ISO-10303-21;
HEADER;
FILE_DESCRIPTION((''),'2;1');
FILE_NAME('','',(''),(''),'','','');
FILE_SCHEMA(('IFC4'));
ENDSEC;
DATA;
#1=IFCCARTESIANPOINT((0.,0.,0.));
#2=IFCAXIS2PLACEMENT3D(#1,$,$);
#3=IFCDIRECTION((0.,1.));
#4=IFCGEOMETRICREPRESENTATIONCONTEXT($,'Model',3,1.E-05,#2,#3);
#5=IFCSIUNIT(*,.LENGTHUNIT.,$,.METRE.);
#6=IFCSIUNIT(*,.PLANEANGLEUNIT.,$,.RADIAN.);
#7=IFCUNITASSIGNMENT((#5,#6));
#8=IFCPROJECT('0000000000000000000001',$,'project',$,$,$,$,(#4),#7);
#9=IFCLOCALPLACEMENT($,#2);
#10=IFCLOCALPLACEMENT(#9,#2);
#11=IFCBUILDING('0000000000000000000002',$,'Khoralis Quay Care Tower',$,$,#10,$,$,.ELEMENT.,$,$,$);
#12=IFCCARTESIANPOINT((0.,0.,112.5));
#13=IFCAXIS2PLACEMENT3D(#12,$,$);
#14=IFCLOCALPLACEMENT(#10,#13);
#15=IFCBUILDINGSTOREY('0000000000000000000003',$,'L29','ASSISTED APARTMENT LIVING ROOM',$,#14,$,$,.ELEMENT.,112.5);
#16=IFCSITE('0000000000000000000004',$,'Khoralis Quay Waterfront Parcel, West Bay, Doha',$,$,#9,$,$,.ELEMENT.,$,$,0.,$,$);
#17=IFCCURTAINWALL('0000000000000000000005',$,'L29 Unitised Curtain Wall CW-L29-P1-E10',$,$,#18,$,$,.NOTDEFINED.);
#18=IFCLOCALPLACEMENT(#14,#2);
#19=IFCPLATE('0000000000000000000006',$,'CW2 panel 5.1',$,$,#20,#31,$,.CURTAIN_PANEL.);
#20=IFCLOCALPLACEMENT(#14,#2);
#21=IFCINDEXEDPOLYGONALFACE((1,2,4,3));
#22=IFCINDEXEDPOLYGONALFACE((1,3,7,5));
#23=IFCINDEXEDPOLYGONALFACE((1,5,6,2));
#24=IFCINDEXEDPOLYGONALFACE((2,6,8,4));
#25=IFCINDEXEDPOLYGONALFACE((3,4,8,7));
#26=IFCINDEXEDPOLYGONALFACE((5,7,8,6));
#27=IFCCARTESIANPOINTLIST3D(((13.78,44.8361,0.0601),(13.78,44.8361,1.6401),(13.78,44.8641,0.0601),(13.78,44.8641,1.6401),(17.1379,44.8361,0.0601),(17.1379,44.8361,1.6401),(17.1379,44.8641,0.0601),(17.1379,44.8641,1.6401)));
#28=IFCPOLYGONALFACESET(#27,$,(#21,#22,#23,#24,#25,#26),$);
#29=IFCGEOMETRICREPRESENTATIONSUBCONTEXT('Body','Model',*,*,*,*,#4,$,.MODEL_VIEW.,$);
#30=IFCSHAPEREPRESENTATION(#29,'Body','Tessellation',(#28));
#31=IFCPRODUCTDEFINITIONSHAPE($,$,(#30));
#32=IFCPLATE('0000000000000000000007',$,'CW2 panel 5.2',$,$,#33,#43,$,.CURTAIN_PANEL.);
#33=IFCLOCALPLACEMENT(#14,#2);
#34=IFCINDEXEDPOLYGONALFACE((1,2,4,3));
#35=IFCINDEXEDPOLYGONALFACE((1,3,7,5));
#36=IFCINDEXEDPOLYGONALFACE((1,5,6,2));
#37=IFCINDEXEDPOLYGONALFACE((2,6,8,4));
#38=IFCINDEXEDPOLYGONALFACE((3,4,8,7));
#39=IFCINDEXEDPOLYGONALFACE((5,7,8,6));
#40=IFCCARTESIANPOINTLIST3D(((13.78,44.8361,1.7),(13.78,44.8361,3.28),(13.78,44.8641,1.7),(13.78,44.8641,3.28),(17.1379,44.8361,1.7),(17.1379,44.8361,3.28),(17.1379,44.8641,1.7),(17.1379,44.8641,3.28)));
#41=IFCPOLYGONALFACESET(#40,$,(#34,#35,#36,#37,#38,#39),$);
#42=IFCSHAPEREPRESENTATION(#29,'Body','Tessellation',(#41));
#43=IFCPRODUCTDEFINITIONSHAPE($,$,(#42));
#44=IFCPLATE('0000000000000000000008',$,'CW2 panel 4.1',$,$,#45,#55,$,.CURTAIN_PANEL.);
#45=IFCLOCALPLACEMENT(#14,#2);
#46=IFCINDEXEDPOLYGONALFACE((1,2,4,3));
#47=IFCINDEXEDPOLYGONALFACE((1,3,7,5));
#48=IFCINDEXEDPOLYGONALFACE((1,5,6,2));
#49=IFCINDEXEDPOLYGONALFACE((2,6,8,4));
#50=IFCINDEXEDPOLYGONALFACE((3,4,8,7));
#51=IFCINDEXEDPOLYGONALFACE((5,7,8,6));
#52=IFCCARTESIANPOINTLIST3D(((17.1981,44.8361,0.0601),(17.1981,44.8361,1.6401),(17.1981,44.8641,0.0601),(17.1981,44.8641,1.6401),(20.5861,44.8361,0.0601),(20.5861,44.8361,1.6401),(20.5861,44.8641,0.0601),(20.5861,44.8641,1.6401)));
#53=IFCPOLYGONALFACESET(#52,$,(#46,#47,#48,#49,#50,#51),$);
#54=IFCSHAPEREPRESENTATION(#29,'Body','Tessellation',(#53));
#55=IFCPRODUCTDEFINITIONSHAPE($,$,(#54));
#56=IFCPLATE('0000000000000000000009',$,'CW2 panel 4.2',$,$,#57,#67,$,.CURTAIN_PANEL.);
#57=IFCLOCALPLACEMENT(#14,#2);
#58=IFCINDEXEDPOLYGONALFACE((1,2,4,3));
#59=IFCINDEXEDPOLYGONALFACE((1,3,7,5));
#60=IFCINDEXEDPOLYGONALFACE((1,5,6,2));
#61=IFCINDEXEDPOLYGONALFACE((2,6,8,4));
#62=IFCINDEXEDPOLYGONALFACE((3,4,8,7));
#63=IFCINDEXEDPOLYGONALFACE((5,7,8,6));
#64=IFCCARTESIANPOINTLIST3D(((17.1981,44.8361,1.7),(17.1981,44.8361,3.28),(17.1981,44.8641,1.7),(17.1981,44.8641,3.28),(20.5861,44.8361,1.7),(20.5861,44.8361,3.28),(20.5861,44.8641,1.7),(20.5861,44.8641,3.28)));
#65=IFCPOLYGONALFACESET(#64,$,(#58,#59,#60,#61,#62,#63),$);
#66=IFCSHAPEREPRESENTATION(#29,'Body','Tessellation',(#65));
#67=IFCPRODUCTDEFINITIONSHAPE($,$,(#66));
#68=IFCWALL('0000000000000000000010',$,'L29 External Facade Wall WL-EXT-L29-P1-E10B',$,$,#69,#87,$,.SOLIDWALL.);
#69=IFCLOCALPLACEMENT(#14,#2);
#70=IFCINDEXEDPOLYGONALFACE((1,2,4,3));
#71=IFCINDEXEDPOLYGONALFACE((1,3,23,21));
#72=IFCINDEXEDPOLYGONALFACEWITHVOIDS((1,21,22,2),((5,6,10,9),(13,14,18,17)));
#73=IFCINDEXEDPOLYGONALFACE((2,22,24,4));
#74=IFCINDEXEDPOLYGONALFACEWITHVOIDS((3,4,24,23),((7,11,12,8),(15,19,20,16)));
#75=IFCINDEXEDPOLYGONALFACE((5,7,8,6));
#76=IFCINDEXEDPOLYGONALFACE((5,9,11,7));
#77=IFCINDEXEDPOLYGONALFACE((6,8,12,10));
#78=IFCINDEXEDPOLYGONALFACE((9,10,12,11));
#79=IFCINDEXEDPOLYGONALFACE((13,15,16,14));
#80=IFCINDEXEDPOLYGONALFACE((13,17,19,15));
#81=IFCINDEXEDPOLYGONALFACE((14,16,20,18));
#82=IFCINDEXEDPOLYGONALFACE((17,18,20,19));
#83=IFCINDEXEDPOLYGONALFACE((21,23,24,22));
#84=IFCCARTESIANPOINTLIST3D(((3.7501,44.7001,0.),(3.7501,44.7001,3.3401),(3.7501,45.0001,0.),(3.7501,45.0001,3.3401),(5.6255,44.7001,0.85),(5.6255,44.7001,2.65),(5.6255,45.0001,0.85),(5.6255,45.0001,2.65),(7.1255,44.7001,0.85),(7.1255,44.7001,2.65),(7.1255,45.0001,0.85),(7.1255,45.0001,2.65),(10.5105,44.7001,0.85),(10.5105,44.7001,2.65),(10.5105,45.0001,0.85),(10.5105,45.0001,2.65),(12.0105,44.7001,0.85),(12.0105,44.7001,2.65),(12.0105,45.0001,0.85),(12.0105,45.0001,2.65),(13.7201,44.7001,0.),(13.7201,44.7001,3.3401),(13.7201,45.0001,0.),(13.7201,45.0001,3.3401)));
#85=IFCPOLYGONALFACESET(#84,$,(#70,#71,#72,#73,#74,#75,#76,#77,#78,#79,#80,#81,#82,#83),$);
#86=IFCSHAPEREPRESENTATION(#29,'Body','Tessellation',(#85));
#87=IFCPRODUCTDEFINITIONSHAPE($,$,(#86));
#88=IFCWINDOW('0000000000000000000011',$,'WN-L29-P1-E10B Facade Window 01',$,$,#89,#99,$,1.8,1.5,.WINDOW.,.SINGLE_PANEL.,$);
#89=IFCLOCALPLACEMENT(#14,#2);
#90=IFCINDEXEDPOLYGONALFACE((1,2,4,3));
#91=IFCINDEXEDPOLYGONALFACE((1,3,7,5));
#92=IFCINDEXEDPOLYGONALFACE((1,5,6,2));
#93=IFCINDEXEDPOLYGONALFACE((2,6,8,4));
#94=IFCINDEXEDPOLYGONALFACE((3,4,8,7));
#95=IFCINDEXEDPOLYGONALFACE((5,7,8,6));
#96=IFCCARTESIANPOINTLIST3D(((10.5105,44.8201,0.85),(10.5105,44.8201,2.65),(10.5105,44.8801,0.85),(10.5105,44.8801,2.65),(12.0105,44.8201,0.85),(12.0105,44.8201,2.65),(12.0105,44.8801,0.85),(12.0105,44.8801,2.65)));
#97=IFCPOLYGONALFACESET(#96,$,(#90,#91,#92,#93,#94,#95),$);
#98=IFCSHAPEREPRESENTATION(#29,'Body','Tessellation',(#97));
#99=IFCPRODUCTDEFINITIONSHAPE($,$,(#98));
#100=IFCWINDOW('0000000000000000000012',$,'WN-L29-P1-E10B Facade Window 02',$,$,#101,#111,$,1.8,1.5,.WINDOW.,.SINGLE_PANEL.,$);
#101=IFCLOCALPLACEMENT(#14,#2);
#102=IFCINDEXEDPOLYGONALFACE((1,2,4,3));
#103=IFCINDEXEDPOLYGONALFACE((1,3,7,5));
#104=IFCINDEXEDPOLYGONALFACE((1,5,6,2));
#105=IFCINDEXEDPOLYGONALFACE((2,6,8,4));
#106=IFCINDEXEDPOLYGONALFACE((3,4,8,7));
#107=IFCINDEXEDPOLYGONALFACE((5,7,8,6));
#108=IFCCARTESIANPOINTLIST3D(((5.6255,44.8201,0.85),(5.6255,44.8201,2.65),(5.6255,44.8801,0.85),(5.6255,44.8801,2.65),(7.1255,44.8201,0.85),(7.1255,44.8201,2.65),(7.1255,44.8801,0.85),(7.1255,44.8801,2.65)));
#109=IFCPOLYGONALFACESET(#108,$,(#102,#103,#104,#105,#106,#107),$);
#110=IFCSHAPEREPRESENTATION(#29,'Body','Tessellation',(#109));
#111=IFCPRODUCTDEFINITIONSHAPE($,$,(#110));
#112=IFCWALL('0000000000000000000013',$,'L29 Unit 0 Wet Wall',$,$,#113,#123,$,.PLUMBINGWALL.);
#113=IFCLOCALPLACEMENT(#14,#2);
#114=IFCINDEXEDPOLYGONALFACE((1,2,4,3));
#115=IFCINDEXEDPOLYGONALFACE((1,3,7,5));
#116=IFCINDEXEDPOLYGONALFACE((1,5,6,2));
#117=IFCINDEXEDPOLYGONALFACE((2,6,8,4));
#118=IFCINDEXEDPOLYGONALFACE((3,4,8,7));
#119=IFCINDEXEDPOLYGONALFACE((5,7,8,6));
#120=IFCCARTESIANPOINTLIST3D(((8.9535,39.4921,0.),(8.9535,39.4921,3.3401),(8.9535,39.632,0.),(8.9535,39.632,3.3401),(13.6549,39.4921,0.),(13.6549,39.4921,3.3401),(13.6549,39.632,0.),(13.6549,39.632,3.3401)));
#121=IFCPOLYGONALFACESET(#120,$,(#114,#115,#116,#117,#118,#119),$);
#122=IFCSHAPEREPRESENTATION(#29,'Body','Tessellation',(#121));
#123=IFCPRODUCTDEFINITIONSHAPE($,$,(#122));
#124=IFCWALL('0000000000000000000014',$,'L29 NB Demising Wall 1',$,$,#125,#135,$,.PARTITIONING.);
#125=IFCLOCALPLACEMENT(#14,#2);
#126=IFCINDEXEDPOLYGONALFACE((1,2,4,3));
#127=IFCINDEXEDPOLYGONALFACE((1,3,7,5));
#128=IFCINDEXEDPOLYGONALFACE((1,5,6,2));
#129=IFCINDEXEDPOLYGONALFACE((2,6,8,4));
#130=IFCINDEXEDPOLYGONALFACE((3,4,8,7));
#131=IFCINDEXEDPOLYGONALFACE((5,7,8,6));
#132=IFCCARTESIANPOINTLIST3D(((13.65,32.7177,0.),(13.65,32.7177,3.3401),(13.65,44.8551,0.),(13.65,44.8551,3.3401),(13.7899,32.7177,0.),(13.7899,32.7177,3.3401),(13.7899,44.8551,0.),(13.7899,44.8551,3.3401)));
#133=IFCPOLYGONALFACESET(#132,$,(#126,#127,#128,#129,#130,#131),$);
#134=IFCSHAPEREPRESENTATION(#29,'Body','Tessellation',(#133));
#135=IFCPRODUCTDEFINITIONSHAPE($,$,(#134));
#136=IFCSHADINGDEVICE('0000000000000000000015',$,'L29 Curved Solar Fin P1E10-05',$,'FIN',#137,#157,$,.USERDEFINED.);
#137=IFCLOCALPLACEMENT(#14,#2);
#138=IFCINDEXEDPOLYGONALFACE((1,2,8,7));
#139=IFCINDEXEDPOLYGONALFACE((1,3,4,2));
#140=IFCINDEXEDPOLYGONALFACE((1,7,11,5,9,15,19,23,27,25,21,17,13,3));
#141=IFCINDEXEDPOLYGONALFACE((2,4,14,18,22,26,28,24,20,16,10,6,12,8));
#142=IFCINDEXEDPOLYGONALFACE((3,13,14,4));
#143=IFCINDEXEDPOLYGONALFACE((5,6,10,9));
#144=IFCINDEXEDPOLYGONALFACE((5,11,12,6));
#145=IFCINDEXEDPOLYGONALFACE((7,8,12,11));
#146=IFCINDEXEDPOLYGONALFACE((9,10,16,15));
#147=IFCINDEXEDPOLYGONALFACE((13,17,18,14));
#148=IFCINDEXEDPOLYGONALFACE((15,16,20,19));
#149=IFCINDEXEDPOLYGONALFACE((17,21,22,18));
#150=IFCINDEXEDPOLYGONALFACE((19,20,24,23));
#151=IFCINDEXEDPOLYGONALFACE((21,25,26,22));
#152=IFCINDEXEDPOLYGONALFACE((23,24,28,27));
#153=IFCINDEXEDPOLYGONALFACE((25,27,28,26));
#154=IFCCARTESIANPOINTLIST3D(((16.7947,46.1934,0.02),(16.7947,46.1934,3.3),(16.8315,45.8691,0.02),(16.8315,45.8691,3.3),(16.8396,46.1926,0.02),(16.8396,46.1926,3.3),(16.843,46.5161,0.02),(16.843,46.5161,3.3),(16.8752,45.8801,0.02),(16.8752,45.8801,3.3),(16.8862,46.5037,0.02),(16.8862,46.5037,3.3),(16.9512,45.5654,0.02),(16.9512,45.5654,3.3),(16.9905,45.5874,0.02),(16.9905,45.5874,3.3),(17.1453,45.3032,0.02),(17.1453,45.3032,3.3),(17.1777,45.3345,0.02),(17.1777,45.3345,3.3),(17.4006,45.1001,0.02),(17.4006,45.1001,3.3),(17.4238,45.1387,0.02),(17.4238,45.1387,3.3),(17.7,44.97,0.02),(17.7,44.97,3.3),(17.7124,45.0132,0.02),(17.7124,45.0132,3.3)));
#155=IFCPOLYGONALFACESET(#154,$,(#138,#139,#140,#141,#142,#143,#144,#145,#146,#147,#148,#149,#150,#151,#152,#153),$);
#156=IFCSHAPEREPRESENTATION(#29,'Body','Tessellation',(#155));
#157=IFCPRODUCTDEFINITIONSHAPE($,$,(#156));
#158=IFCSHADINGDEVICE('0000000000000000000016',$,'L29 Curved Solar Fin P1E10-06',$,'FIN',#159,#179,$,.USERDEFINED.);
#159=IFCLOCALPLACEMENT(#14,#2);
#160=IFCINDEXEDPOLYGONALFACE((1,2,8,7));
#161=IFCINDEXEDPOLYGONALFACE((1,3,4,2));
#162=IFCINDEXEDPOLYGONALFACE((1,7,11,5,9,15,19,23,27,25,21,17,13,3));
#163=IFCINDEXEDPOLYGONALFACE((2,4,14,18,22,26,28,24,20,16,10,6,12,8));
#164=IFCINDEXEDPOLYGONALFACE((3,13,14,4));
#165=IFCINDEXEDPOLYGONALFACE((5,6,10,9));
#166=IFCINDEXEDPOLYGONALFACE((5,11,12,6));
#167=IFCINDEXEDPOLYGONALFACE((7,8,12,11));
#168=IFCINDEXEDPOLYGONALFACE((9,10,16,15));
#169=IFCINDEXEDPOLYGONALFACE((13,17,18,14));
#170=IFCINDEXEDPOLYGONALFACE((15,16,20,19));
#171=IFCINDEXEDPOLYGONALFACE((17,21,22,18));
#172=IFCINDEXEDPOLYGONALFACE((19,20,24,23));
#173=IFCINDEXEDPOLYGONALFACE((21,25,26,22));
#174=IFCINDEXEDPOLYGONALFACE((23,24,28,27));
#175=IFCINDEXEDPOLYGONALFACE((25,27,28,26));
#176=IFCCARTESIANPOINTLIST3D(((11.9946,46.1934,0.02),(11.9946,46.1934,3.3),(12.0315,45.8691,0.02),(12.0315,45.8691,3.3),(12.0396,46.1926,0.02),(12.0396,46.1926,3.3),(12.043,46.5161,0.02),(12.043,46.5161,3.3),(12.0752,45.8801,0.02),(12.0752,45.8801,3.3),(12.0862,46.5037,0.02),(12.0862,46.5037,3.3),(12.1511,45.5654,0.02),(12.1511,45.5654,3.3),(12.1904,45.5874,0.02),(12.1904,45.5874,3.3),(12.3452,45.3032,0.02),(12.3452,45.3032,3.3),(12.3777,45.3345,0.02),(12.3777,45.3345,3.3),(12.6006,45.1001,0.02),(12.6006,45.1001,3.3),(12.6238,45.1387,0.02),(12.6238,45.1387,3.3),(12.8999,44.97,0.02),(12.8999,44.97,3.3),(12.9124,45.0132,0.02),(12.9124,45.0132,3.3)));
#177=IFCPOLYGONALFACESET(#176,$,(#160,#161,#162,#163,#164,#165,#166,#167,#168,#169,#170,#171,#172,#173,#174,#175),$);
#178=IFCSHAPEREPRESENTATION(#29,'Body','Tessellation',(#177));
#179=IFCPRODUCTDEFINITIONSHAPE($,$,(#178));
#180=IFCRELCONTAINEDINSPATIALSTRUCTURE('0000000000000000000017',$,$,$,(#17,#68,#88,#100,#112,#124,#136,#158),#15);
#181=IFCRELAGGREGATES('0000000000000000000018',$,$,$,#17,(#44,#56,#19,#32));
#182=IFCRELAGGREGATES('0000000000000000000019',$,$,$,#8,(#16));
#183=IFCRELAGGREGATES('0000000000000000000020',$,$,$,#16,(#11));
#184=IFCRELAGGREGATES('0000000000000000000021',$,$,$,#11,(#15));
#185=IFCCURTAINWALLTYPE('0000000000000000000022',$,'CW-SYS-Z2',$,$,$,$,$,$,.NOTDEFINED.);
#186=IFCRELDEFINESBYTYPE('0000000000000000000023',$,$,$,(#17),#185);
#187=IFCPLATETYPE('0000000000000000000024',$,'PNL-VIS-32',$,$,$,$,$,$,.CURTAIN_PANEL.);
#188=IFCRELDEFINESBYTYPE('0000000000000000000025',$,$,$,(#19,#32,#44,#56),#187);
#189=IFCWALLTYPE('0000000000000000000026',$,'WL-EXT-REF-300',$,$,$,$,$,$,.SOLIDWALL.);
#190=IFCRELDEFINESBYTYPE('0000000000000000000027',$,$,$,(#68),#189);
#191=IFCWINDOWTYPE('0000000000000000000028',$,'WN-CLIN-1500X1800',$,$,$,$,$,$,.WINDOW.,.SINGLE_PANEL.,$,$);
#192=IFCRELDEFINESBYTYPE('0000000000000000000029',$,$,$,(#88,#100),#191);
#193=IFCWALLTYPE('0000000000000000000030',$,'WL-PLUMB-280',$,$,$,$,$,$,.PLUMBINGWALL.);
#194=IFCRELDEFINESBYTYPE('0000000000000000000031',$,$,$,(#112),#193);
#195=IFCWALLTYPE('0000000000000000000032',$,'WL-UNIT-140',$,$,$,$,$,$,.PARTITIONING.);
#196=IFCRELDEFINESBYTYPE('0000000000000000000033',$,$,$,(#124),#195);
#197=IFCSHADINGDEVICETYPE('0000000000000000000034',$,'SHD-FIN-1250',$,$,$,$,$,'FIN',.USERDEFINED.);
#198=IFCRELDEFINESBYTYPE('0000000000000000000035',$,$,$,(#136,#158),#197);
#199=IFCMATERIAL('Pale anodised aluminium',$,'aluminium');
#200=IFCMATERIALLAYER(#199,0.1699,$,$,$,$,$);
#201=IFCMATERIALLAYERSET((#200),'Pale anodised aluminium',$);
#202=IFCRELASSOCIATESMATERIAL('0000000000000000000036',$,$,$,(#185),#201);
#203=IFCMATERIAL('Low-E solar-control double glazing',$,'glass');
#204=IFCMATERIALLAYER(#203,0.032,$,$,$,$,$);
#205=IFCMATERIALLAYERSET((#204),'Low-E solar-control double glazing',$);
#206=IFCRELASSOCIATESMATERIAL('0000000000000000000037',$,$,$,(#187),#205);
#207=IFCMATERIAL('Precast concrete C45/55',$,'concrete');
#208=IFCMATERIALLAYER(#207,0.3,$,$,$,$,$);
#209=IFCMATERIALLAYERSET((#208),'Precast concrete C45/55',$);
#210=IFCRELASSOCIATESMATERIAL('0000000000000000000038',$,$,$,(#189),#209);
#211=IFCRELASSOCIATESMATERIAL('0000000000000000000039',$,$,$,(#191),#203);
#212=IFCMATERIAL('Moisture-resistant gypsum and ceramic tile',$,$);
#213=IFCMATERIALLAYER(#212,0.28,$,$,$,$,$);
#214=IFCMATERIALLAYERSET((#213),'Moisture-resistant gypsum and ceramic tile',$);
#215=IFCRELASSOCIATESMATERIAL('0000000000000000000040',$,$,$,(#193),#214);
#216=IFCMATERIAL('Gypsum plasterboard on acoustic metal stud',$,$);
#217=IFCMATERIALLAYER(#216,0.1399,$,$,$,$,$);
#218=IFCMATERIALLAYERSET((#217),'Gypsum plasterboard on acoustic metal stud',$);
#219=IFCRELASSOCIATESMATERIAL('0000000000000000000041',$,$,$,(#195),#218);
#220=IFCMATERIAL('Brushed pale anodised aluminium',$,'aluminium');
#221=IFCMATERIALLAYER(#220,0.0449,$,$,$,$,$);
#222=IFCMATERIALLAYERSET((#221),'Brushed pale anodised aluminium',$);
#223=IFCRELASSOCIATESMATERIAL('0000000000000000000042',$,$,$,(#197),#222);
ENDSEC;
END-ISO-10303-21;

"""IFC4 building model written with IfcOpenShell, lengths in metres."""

from ifc_helpers import new_model, si_unit, direction, frame, frame_2d, origin, origin_2d, place, context, subcontext, project, spatial, polyline, rectangle, outline, extrude, source, transform, mapped, material, layer, layer_set, type_object, element, fill, aggregate, save


model = new_model("IFC4")

# Units and contexts
model_context = context("Model", 3, precision=1e-05, world=origin(), true_north=direction((0.0, 1.0)))
body_context = subcontext(model_context, "Body", "Model", "MODEL_VIEW")
ifc_project = project(units=[si_unit("LENGTHUNIT", "METRE"), si_unit("PLANEANGLEUNIT", "RADIAN")], contexts=[model_context])

# Site, building, storey
site_placement = place(None, origin())
site = spatial("IfcSite", under=ifc_project, at=site_placement, Name="Khoralis Quay Waterfront Parcel, West Bay, Doha", CompositionType="ELEMENT", RefElevation=0.0)
building_placement = place(site_placement, origin())
building = spatial("IfcBuilding", under=site, at=building_placement, Name="Khoralis Quay Care Tower", CompositionType="ELEMENT")
storey_placement = place(building_placement, frame((0.0, 0.0, 112.5)))
storey = spatial("IfcBuildingStorey", under=building, at=storey_placement, Name="L29", Description="ASSISTED APARTMENT LIVING ROOM", CompositionType="ELEMENT", Elevation=112.5)

# Curtain wall, plates
ifc_material_1 = material(Name="Pale anodised aluminium", Category="aluminium")
ifc_layer_1 = layer(ifc_material_1, 0.1699)
ifc_layer_set_1 = layer_set([ifc_layer_1], Name="Pale anodised aluminium")
curtain_wall_type = type_object("IfcCurtainWallType", Name="CW-SYS-Z2", PredefinedType="NOTDEFINED", material=ifc_layer_set_1)
curtain_wall_placement = place(storey_placement, origin())
curtain_wall = element("IfcCurtainWall", 1, at=curtain_wall_placement, inside=storey, type_object=curtain_wall_type, Name="L29 Unitised Curtain Wall CW-L29-P1-E10", PredefinedType="NOTDEFINED")
ifc_material_2 = material(Name="Low-E solar-control double glazing", Category="glass")
ifc_layer_2 = layer(ifc_material_2, 0.032)
ifc_layer_set_2 = layer_set([ifc_layer_2], Name="Low-E solar-control double glazing")
plate_type = type_object("IfcPlateType", Name="PNL-VIS-32", PredefinedType="CURTAIN_PANEL", material=ifc_layer_set_2)
shared_shape_1 = source(origin(), body_context, "Body", "SweptSolid", [
    extrude(rectangle(XDim=3.3579, YDim=0.0281, at=origin_2d()), origin(), (0.0, 0.0, 1.0), 1.5801),
])
plate_1_placement = place(storey_placement, frame((15.459, 44.8501, 0.0601), z_axis=(0.0, 0.0, 1.0), x_axis=(-1.0, 0.0, 0.0)))
plate_1 = element("IfcPlate", 2, at=plate_1_placement, type_object=plate_type, Name="CW2 panel 5.1", PredefinedType="CURTAIN_PANEL", context=body_context, shape_type="MappedRepresentation", body=[
    mapped(shared_shape_1, transform((0.0, 0.0, 0.0), scale=1.0)),
])
plate_2_placement = place(storey_placement, frame((15.459, 44.8501, 1.7), z_axis=(0.0, 0.0, 1.0), x_axis=(-1.0, 0.0, 0.0)))
plate_2 = element("IfcPlate", 3, at=plate_2_placement, type_object=plate_type, Name="CW2 panel 5.2", PredefinedType="CURTAIN_PANEL", context=body_context, shape_type="MappedRepresentation", body=[
    mapped(shared_shape_1, transform((0.0, 0.0, 0.0), scale=1.0)),
])
shared_shape_2 = source(origin(), body_context, "Body", "SweptSolid", [
    extrude(rectangle(XDim=3.3879, YDim=0.0281, at=origin_2d()), origin(), (0.0, 0.0, 1.0), 1.5801),
])
plate_3_placement = place(storey_placement, frame((18.8921, 44.8501, 0.0601), z_axis=(0.0, 0.0, 1.0), x_axis=(-1.0, 0.0, 0.0)))
plate_3 = element("IfcPlate", 4, at=plate_3_placement, type_object=plate_type, Name="CW2 panel 4.1", PredefinedType="CURTAIN_PANEL", context=body_context, shape_type="MappedRepresentation", body=[
    mapped(shared_shape_2, transform((0.0, 0.0, 0.0), scale=1.0)),
])
plate_4_placement = place(storey_placement, frame((18.8921, 44.8501, 1.7), z_axis=(0.0, 0.0, 1.0), x_axis=(-1.0, 0.0, 0.0)))
plate_4 = element("IfcPlate", 5, at=plate_4_placement, type_object=plate_type, Name="CW2 panel 4.2", PredefinedType="CURTAIN_PANEL", context=body_context, shape_type="MappedRepresentation", body=[
    mapped(shared_shape_2, transform((0.0, 0.0, 0.0), scale=1.0)),
])
aggregate(curtain_wall, [plate_3, plate_4, plate_1, plate_2])

# Wall, openings, windows
ifc_material_3 = material(Name="Precast concrete C45/55", Category="concrete")
ifc_layer_3 = layer(ifc_material_3, 0.3)
ifc_layer_set_3 = layer_set([ifc_layer_3], Name="Precast concrete C45/55")
wall_type_1 = type_object("IfcWallType", Name="WL-EXT-REF-300", PredefinedType="SOLIDWALL", material=ifc_layer_set_3)
wall_1_placement = place(storey_placement, frame((13.72, 44.8501, 0.0), z_axis=(0.0, 0.0, 1.0), x_axis=(-1.0, 0.0, 0.0)))
wall_1 = element("IfcWall", 6, at=wall_1_placement, inside=storey, type_object=wall_type_1, Name="L29 External Facade Wall WL-EXT-L29-P1-E10B", PredefinedType="SOLIDWALL", context=body_context, shape_type="SweptSolid", body=[
    extrude(rectangle(XDim=9.97, YDim=0.3, at=frame_2d((4.9849, 0.0))), origin(), (0.0, 0.0, 1.0), 3.3401),
])
opening_1_placement = place(wall_1_placement, frame((1.7095, 0.0, 0.8501)))
opening_1 = element("IfcOpeningElement", 7, at=opening_1_placement, cuts=wall_1, PredefinedType="OPENING", context=body_context, shape_type="SweptSolid", body=[
    extrude(rectangle(XDim=1.5, YDim=1.8, at=frame_2d((0.75, 0.8999))), frame((0.0, 0.1602, 0.0), z_axis=(0.0, -1.0, 0.0), x_axis=(1.0, 0.0, 0.0)), (0.0, 0.0, 1.0), 0.3201),
])
opening_2_placement = place(wall_1_placement, frame((6.5945, 0.0, 0.8501)))
opening_2 = element("IfcOpeningElement", 8, at=opening_2_placement, cuts=wall_1, PredefinedType="OPENING", context=body_context, shape_type="SweptSolid", body=[
    extrude(rectangle(XDim=1.5, YDim=1.8, at=frame_2d((0.75, 0.8999))), frame((0.0, 0.1602, 0.0), z_axis=(0.0, -1.0, 0.0), x_axis=(1.0, 0.0, 0.0)), (0.0, 0.0, 1.0), 0.3201),
])
window_type = type_object("IfcWindowType", Name="WN-CLIN-1500X1800", PartitioningType="SINGLE_PANEL", PredefinedType="WINDOW", material=ifc_material_2)
shared_shape_3 = source(origin(), body_context, "Body", "SweptSolid", [
    extrude(rectangle(XDim=1.5, YDim=1.8, at=frame_2d((0.75, 0.8999))), frame((0.0, 0.03, 0.0), z_axis=(0.0, -1.0, 0.0), x_axis=(1.0, 0.0, 0.0)), (0.0, 0.0, 1.0), 0.0601),
])
window_1_placement = place(opening_1_placement, origin())
window_1 = element("IfcWindow", 9, at=window_1_placement, inside=storey, type_object=window_type, Name="WN-L29-P1-E10B Facade Window 01", OverallHeight=1.8, OverallWidth=1.5, PartitioningType="SINGLE_PANEL", PredefinedType="WINDOW", context=body_context, shape_type="MappedRepresentation", body=[
    mapped(shared_shape_3, transform((0.0, 0.0, 0.0), scale=1.0)),
])
fill(opening_1, window_1)
window_2_placement = place(opening_2_placement, origin())
window_2 = element("IfcWindow", 10, at=window_2_placement, inside=storey, type_object=window_type, Name="WN-L29-P1-E10B Facade Window 02", OverallHeight=1.8, OverallWidth=1.5, PartitioningType="SINGLE_PANEL", PredefinedType="WINDOW", context=body_context, shape_type="MappedRepresentation", body=[
    mapped(shared_shape_3, transform((0.0, 0.0, 0.0), scale=1.0)),
])
fill(opening_2, window_2)

# Walls
ifc_material_4 = material(Name="Moisture-resistant gypsum and ceramic tile")
ifc_layer_4 = layer(ifc_material_4, 0.28)
ifc_layer_set_4 = layer_set([ifc_layer_4], Name="Moisture-resistant gypsum and ceramic tile")
wall_type_2 = type_object("IfcWallType", Name="WL-PLUMB-280", PredefinedType="PLUMBINGWALL", material=ifc_layer_set_4)
wall_2_placement = place(storey_placement, frame((8.9536, 39.562, 0.0), z_axis=(0.0, 0.0, 1.0), x_axis=(1.0, 0.0, 0.0)))
element("IfcWall", 11, at=wall_2_placement, inside=storey, type_object=wall_type_2, Name="L29 Unit 0 Wet Wall", PredefinedType="PLUMBINGWALL", context=body_context, shape_type="SweptSolid", body=[
    extrude(rectangle(XDim=4.7014, YDim=0.1399, at=frame_2d((2.3506, 0.0))), origin(), (0.0, 0.0, 1.0), 3.3401),
])
ifc_material_5 = material(Name="Gypsum plasterboard on acoustic metal stud")
ifc_layer_5 = layer(ifc_material_5, 0.1399)
ifc_layer_set_5 = layer_set([ifc_layer_5], Name="Gypsum plasterboard on acoustic metal stud")
wall_type_3 = type_object("IfcWallType", Name="WL-UNIT-140", PredefinedType="PARTITIONING", material=ifc_layer_set_5)
wall_3_placement = place(storey_placement, frame((13.72, 32.7175, 0.0), z_axis=(0.0, 0.0, 1.0), x_axis=(0.0, 1.0, 0.0)))
element("IfcWall", 12, at=wall_3_placement, inside=storey, type_object=wall_type_3, Name="L29 NB Demising Wall 1", PredefinedType="PARTITIONING", context=body_context, shape_type="SweptSolid", body=[
    extrude(rectangle(XDim=12.1375, YDim=0.1399, at=frame_2d((6.0688, 0.0))), origin(), (0.0, 0.0, 1.0), 3.3401),
])

# Shading devices
ifc_material_6 = material(Name="Brushed pale anodised aluminium", Category="aluminium")
ifc_layer_6 = layer(ifc_material_6, 0.0449)
ifc_layer_set_6 = layer_set([ifc_layer_6], Name="Brushed pale anodised aluminium")
shading_device_type = type_object("IfcShadingDeviceType", Name="SHD-FIN-1250", ElementType="FIN", PredefinedType="USERDEFINED", material=ifc_layer_set_6)
shared_shape_4 = source(origin(), body_context, "Body", "SweptSolid", [
    extrude(outline(polyline([(0.0, 0.0), (0.1301, 0.2993), (0.3333, 0.5547), (0.5955, 0.7488), (0.8992, 0.8684), (1.2234, 0.9053), (1.5461, 0.8569), (1.5337, 0.8137), (1.2227, 0.8604), (0.9102, 0.8247), (0.6174, 0.7095), (0.3645, 0.5222), (0.1687, 0.2761), (0.0432, -0.0125), (0.0, 0.0)])), origin(), (0.0, 0.0, 1.0), 3.28),
])
for number, where, z_axis, x_axis, name in (
    (13, (17.7, 44.97, 0.02), (0.0, 0.0, 1.0), (0.0, 1.0, 0.0), "L29 Curved Solar Fin P1E10-05"),
    (14, (12.8999, 44.97, 0.02), (0.0, 0.0, 1.0), (0.0, 1.0, 0.0), "L29 Curved Solar Fin P1E10-06"),
):
    element("IfcShadingDevice", number, at=place(storey_placement, frame(where, z_axis=z_axis, x_axis=x_axis)), inside=storey, type_object=shading_device_type, Name=name, ObjectType="FIN", PredefinedType="USERDEFINED", context=body_context, shape_type="MappedRepresentation", body=[
        mapped(shared_shape_4, transform((0.0, 0.0, 0.0), scale=1.0)),
    ])

save(model, "model.ifc")
